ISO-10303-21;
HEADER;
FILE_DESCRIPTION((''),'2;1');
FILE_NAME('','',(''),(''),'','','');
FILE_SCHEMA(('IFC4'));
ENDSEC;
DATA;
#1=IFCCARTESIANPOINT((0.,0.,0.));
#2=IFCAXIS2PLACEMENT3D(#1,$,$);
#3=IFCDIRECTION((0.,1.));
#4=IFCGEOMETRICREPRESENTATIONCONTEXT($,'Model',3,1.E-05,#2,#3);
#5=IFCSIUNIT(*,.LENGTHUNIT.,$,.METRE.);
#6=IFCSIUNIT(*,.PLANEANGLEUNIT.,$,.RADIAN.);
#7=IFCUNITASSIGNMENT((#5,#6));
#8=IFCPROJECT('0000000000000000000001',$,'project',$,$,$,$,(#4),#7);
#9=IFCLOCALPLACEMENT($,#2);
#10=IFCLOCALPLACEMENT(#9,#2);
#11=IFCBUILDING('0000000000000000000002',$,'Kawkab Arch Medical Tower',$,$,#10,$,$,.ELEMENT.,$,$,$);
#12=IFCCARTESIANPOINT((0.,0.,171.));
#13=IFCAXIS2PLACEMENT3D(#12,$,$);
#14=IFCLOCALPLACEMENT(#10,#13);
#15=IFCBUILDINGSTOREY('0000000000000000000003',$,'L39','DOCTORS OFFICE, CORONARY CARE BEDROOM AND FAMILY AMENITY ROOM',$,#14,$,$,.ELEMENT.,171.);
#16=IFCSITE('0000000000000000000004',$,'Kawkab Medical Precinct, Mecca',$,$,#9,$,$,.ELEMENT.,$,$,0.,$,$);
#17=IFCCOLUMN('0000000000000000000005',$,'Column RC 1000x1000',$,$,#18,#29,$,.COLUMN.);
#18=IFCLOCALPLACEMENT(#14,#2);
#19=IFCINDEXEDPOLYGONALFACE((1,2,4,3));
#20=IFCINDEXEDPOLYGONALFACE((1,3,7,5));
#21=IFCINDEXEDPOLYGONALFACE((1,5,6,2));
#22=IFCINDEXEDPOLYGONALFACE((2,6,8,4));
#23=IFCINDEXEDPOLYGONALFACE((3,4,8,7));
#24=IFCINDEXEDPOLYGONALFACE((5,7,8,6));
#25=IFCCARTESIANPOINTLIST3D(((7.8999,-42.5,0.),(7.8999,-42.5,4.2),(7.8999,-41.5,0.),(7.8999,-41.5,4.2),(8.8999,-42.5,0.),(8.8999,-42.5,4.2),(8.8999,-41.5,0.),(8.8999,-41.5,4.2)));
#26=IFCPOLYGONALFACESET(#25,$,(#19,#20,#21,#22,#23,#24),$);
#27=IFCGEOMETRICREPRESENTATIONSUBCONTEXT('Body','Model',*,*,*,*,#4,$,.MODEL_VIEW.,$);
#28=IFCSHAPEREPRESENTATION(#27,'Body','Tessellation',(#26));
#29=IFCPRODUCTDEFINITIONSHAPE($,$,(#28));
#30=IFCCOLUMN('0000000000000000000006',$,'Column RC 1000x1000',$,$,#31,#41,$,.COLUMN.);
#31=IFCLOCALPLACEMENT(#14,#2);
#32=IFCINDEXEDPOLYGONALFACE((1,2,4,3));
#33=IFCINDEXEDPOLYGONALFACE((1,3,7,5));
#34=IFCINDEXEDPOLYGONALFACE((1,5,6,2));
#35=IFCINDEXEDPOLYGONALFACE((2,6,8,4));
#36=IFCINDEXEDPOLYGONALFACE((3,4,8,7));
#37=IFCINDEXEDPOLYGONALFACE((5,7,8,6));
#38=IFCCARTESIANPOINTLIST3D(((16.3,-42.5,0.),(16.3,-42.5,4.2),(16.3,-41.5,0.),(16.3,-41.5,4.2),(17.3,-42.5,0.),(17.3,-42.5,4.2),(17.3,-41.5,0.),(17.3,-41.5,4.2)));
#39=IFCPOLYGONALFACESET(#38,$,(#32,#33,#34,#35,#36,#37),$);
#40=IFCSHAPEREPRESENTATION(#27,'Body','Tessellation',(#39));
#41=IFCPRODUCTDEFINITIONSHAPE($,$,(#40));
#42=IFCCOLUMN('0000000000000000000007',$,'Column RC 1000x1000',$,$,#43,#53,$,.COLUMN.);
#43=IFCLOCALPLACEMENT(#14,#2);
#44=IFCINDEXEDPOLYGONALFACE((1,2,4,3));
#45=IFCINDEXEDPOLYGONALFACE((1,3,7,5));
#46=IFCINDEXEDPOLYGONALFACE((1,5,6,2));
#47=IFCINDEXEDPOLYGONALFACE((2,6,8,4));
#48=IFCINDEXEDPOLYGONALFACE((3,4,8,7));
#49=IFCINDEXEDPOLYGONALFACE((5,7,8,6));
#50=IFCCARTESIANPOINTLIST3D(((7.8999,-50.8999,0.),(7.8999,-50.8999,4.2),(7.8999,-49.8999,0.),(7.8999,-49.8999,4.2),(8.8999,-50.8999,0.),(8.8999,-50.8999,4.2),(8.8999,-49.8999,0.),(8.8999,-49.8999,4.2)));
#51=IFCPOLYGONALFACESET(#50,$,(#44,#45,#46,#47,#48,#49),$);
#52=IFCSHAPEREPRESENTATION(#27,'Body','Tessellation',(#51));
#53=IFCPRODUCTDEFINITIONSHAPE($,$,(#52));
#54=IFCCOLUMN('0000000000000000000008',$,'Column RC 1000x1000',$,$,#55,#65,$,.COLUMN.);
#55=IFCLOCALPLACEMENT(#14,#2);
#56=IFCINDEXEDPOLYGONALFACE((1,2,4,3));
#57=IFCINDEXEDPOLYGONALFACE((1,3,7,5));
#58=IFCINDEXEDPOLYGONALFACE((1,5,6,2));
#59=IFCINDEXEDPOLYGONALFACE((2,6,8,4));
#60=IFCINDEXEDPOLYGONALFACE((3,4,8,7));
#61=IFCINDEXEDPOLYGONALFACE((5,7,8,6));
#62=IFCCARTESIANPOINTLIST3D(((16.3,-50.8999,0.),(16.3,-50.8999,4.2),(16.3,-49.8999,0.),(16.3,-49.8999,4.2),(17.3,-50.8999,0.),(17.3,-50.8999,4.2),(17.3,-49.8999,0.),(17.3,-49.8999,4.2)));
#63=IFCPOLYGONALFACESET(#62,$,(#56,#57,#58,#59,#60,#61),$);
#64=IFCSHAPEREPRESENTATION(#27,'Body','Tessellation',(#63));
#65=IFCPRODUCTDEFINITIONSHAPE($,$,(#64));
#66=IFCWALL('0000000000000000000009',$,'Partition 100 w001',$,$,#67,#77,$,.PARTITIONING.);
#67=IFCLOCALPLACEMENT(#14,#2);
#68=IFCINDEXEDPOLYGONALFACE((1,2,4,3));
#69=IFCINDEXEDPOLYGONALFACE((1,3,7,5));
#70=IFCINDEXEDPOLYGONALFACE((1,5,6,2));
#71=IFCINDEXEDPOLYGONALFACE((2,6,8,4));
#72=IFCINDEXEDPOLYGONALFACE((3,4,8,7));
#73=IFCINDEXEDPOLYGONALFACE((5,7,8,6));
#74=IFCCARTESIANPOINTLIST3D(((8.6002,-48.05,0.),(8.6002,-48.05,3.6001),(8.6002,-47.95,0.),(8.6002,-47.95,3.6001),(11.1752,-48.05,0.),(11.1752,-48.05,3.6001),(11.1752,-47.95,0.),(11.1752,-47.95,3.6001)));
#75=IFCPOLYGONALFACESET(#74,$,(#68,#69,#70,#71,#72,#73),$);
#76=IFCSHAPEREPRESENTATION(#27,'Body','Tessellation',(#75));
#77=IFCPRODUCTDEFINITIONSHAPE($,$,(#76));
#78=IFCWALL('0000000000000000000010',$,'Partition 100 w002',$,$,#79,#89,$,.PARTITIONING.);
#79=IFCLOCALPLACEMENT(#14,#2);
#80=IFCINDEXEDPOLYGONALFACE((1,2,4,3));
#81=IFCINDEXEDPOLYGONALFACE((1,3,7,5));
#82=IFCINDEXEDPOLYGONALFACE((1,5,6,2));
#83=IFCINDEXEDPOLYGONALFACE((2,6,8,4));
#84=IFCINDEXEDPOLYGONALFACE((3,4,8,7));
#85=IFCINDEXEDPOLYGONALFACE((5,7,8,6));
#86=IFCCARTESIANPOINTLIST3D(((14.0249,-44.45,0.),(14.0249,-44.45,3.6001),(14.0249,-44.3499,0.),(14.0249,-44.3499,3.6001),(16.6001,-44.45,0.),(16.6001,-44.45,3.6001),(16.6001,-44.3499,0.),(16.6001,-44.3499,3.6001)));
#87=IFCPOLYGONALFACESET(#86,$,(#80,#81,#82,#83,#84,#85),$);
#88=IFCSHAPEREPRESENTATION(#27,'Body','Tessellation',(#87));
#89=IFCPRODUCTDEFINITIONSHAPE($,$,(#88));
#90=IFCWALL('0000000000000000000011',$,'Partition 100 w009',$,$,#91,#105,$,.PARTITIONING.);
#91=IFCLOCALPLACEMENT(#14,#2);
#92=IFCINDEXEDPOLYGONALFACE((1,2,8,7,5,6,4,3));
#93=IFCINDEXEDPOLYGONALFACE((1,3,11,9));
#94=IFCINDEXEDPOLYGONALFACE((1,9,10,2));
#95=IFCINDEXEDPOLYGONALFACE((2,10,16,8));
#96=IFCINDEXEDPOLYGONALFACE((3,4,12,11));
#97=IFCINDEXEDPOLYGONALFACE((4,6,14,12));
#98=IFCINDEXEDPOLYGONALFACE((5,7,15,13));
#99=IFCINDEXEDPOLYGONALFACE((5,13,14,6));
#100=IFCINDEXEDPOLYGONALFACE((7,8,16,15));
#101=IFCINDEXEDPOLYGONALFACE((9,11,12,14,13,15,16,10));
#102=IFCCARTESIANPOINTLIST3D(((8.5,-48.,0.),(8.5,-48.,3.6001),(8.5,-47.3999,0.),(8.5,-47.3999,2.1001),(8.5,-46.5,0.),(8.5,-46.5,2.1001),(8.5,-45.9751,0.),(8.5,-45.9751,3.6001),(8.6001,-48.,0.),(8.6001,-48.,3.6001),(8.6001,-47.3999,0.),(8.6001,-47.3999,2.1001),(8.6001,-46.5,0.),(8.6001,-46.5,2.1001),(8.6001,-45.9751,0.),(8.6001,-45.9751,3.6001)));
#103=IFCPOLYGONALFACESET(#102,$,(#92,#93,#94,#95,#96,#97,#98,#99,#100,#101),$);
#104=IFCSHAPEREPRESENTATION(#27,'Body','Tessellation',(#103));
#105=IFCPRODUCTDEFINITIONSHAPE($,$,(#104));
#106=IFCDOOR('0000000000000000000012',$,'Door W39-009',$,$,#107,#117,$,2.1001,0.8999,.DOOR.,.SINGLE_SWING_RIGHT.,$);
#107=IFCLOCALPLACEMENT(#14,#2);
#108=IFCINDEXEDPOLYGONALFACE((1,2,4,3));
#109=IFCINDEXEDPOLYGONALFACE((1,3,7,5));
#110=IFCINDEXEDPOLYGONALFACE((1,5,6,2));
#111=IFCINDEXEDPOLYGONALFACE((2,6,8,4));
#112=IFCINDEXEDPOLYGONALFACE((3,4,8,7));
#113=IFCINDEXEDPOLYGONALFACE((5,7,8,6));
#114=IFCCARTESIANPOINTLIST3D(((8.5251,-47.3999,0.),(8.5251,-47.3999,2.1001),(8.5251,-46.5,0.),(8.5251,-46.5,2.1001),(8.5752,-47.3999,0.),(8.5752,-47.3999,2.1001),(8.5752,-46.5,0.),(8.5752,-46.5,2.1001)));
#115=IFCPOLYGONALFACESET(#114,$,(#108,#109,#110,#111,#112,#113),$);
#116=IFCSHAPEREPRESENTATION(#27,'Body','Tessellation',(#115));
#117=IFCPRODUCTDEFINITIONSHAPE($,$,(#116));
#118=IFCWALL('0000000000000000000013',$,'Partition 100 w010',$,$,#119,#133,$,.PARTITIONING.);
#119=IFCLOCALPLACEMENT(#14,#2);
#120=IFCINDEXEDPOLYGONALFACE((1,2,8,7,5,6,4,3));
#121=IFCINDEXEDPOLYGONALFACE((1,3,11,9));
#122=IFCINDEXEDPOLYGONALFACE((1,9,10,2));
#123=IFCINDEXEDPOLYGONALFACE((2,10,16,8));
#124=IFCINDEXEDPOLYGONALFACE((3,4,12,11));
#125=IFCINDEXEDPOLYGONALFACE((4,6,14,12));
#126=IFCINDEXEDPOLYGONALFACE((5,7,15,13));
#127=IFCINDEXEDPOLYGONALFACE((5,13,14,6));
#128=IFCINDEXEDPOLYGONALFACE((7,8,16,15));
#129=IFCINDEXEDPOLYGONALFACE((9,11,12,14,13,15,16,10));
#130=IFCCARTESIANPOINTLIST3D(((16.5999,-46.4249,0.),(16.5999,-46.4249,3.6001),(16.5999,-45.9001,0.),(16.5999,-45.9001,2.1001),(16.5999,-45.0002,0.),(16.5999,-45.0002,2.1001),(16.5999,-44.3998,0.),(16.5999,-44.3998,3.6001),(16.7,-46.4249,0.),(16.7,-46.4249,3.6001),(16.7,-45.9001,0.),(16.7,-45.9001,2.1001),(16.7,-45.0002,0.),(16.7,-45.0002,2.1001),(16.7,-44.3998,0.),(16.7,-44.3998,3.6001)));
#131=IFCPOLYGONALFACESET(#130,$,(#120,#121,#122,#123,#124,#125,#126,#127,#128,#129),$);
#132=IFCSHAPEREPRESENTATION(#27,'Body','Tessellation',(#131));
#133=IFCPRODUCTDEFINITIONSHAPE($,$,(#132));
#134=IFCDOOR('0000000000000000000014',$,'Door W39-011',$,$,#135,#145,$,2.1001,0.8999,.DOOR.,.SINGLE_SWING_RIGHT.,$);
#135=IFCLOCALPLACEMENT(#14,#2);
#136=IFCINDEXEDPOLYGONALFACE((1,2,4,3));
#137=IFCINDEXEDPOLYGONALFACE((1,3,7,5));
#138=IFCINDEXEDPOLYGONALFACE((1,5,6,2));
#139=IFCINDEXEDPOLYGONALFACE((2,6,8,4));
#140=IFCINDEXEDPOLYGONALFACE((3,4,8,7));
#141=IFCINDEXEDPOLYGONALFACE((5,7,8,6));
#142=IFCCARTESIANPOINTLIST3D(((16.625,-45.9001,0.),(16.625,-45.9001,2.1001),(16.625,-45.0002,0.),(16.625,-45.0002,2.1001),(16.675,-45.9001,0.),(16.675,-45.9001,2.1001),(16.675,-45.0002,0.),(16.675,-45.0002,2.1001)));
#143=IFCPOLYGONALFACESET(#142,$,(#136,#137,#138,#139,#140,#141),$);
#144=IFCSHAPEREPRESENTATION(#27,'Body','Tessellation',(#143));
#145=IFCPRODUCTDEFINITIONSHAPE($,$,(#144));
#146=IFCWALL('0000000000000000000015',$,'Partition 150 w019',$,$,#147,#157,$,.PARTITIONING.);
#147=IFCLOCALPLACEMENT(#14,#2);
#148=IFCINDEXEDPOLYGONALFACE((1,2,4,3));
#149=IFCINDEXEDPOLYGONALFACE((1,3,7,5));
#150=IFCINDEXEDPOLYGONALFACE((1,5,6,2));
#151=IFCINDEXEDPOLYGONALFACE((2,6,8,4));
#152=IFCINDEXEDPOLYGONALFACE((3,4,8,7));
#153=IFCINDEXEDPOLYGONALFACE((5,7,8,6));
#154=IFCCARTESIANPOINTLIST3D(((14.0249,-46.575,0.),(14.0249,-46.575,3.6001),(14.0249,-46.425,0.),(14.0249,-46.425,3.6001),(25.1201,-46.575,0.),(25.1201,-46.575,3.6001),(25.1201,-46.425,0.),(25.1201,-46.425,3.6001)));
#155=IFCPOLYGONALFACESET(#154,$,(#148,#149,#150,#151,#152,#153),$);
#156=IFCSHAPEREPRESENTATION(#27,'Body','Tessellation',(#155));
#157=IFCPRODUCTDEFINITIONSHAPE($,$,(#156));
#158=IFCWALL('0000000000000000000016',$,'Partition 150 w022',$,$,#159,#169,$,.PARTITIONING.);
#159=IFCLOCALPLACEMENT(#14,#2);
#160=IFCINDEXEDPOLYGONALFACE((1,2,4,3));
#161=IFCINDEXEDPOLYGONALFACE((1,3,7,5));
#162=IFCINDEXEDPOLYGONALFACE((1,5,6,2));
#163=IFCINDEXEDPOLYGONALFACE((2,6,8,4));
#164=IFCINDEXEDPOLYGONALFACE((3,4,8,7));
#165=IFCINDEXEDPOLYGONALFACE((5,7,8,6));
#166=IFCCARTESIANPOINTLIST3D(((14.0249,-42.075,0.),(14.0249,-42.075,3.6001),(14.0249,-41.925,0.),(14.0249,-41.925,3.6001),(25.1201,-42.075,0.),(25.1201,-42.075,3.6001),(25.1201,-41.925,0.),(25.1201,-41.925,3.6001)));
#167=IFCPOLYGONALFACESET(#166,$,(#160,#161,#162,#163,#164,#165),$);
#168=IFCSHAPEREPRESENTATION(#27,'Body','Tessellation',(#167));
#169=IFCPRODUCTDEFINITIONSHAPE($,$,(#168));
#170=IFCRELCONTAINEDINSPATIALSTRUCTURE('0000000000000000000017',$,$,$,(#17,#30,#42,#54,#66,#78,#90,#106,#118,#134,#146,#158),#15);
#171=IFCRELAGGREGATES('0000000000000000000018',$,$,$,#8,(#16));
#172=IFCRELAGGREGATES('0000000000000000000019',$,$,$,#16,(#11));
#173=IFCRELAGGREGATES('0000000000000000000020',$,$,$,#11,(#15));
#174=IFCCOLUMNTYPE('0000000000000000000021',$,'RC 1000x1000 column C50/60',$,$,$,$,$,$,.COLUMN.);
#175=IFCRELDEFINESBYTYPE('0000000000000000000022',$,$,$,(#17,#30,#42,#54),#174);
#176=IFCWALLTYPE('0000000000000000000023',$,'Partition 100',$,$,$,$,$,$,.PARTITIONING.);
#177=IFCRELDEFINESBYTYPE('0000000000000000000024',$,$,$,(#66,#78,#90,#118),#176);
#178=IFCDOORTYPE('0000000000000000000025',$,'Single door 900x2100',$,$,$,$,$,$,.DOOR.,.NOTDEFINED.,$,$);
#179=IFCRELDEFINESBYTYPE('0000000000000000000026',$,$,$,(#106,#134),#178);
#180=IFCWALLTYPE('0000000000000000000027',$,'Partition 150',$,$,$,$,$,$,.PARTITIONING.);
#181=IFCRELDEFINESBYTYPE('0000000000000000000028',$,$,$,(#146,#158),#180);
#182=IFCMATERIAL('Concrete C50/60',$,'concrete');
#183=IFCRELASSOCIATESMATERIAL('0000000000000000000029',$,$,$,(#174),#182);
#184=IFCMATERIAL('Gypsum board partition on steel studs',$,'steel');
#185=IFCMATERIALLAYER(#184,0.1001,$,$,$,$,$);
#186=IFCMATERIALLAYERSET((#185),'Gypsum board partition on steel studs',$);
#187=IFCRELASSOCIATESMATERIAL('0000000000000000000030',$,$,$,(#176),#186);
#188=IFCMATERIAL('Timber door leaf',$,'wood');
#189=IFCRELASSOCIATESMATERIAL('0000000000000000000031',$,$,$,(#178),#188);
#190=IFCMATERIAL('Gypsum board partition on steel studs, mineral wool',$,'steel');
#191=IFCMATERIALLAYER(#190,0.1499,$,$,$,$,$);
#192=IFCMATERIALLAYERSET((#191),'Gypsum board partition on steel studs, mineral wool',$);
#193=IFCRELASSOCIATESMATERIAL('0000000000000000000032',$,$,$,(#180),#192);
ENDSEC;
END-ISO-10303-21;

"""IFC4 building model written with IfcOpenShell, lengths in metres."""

from ifc_helpers import new_model, si_unit, direction, frame, frame_2d, origin, origin_2d, place, context, subcontext, project, spatial, rectangle, extrude, material, layer, layer_set, material_profile, profile_set, type_object, element, fill, save


model = new_model("IFC4")

# Units and contexts
model_context = context("Model", 3, precision=1e-05, world=origin(), true_north=direction((0.0, 1.0)))
body_context = subcontext(model_context, "Body", "Model", "MODEL_VIEW")
ifc_project = project(units=[si_unit("LENGTHUNIT", "METRE"), si_unit("PLANEANGLEUNIT", "RADIAN")], contexts=[model_context])

# Site, building, storey
site_placement = place(None, origin())
site = spatial("IfcSite", under=ifc_project, at=site_placement, Name="Kawkab Medical Precinct, Mecca", CompositionType="ELEMENT", RefElevation=0.0)
building_placement = place(site_placement, origin())
building = spatial("IfcBuilding", under=site, at=building_placement, Name="Kawkab Arch Medical Tower", CompositionType="ELEMENT")
storey_placement = place(building_placement, frame((0.0, 0.0, 171.0)))
storey = spatial("IfcBuildingStorey", under=building, at=storey_placement, Name="L39", Description="DOCTORS OFFICE, CORONARY CARE BEDROOM AND FAMILY AMENITY ROOM", CompositionType="ELEMENT", Elevation=171.0)

# Columns
ifc_material_1 = material(Name="Concrete C50/60", Category="concrete")
ifc_material_profile = material_profile(ifc_material_1, rectangle(XDim=1.0, YDim=1.0, at=origin_2d()), Name="RC 1000x1000")
ifc_profile_set = profile_set([ifc_material_profile], Name="Concrete C50/60")
column_type = type_object("IfcColumnType", Name="RC 1000x1000 column C50/60", PredefinedType="COLUMN", material=ifc_profile_set)
for number, where, z_axis, x_axis, name in (
    (1, (8.3999, -42.0, 0.0), (0.0, 0.0, 1.0), (1.0, 0.0, 0.0), "Column RC 1000x1000"),
    (2, (16.8, -42.0, 0.0), (0.0, 0.0, 1.0), (1.0, 0.0, 0.0), "Column RC 1000x1000"),
    (3, (8.3999, -50.3999, 0.0), (0.0, 0.0, 1.0), (1.0, 0.0, 0.0), "Column RC 1000x1000"),
    (4, (16.8, -50.3999, 0.0), (0.0, 0.0, 1.0), (1.0, 0.0, 0.0), "Column RC 1000x1000"),
):
    element("IfcColumn", number, at=place(storey_placement, frame(where, z_axis=z_axis, x_axis=x_axis)), inside=storey, type_object=column_type, Name=name, PredefinedType="COLUMN", context=body_context, shape_type="SweptSolid", body=[
        extrude(rectangle(XDim=1.0, YDim=1.0, at=origin_2d()), origin(), (0.0, 0.0, 1.0), 4.2),
    ])

# Walls
ifc_material_2 = material(Name="Gypsum board partition on steel studs", Category="steel")
ifc_layer_1 = layer(ifc_material_2, 0.1001)
ifc_layer_set_1 = layer_set([ifc_layer_1], Name="Gypsum board partition on steel studs")
wall_type_1 = type_object("IfcWallType", Name="Partition 100", PredefinedType="PARTITIONING", material=ifc_layer_set_1)
wall_1_placement = place(storey_placement, frame((8.6001, -48.0, 0.0), z_axis=(0.0, 0.0, 1.0), x_axis=(1.0, 0.0, 0.0)))
element("IfcWall", 5, at=wall_1_placement, inside=storey, type_object=wall_type_1, Name="Partition 100 w001", PredefinedType="PARTITIONING", context=body_context, shape_type="SweptSolid", body=[
    extrude(rectangle(XDim=2.575, YDim=0.1001, at=frame_2d((1.2876, 0.0))), origin(), (0.0, 0.0, 1.0), 3.6001),
])
wall_2_placement = place(storey_placement, frame((14.0249, -44.3999, 0.0), z_axis=(0.0, 0.0, 1.0), x_axis=(1.0, 0.0, 0.0)))
element("IfcWall", 6, at=wall_2_placement, inside=storey, type_object=wall_type_1, Name="Partition 100 w002", PredefinedType="PARTITIONING", context=body_context, shape_type="SweptSolid", body=[
    extrude(rectangle(XDim=2.5752, YDim=0.1001, at=frame_2d((1.2876, 0.0))), origin(), (0.0, 0.0, 1.0), 3.6001),
])

# Walls, openings, doors
wall_3_placement = place(storey_placement, frame((8.55, -48.0, 0.0), z_axis=(0.0, 0.0, 1.0), x_axis=(0.0, 1.0, 0.0)))
wall_3 = element("IfcWall", 7, at=wall_3_placement, inside=storey, type_object=wall_type_1, Name="Partition 100 w009", PredefinedType="PARTITIONING", context=body_context, shape_type="SweptSolid", body=[
    extrude(rectangle(XDim=2.0249, YDim=0.1001, at=frame_2d((1.0125, 0.0))), origin(), (0.0, 0.0, 1.0), 3.6001),
])
opening_1_placement = place(wall_3_placement, frame((0.6001, 0.0, 0.0)))
opening_1 = element("IfcOpeningElement", 8, at=opening_1_placement, cuts=wall_3, PredefinedType="OPENING", context=body_context, shape_type="SweptSolid", body=[
    extrude(rectangle(XDim=0.8999, YDim=2.1001, at=frame_2d((0.45, 1.05))), frame((0.0, 0.0601, 0.0), z_axis=(0.0, -1.0, 0.0), x_axis=(1.0, 0.0, 0.0)), (0.0, 0.0, 1.0), 0.1201),
])
ifc_material_3 = material(Name="Timber door leaf", Category="wood")
door_type_1 = type_object("IfcDoorType", Name="Single door 900x2100", OperationType="NOTDEFINED", PredefinedType="DOOR", material=ifc_material_3)
door_1_placement = place(opening_1_placement, origin())
door_1 = element("IfcDoor", 9, at=door_1_placement, inside=storey, type_object=door_type_1, Name="Door W39-009", OperationType="SINGLE_SWING_RIGHT", OverallHeight=2.1001, OverallWidth=0.8999, PredefinedType="DOOR", context=body_context, shape_type="SweptSolid", body=[
    extrude(rectangle(XDim=0.8999, YDim=2.1001, at=frame_2d((0.45, 1.05))), frame((0.0, 0.0249, 0.0), z_axis=(0.0, -1.0, 0.0), x_axis=(1.0, 0.0, 0.0)), (0.0, 0.0, 1.0), 0.05),
])
fill(opening_1, door_1)
wall_4_placement = place(storey_placement, frame((16.6499, -46.425, 0.0), z_axis=(0.0, 0.0, 1.0), x_axis=(0.0, 1.0, 0.0)))
wall_4 = element("IfcWall", 10, at=wall_4_placement, inside=storey, type_object=wall_type_1, Name="Partition 100 w010", PredefinedType="PARTITIONING", context=body_context, shape_type="SweptSolid", body=[
    extrude(rectangle(XDim=2.0251, YDim=0.1001, at=frame_2d((1.0127, 0.0))), origin(), (0.0, 0.0, 1.0), 3.6001),
])
opening_2_placement = place(wall_4_placement, frame((0.5249, 0.0, 0.0)))
opening_2 = element("IfcOpeningElement", 11, at=opening_2_placement, cuts=wall_4, PredefinedType="OPENING", context=body_context, shape_type="SweptSolid", body=[
    extrude(rectangle(XDim=0.8999, YDim=2.1001, at=frame_2d((0.45, 1.05))), frame((0.0, 0.0601, 0.0), z_axis=(0.0, -1.0, 0.0), x_axis=(1.0, 0.0, 0.0)), (0.0, 0.0, 1.0), 0.1201),
])
door_2_placement = place(opening_2_placement, origin())
door_2 = element("IfcDoor", 12, at=door_2_placement, inside=storey, type_object=door_type_1, Name="Door W39-011", OperationType="SINGLE_SWING_RIGHT", OverallHeight=2.1001, OverallWidth=0.8999, PredefinedType="DOOR", context=body_context, shape_type="SweptSolid", body=[
    extrude(rectangle(XDim=0.8999, YDim=2.1001, at=frame_2d((0.45, 1.05))), frame((0.0, 0.0249, 0.0), z_axis=(0.0, -1.0, 0.0), x_axis=(1.0, 0.0, 0.0)), (0.0, 0.0, 1.0), 0.05),
])
fill(opening_2, door_2)

# Walls
ifc_material_4 = material(Name="Gypsum board partition on steel studs, mineral wool", Category="steel")
ifc_layer_2 = layer(ifc_material_4, 0.1499)
ifc_layer_set_2 = layer_set([ifc_layer_2], Name="Gypsum board partition on steel studs, mineral wool")
wall_type_2 = type_object("IfcWallType", Name="Partition 150", PredefinedType="PARTITIONING", material=ifc_layer_set_2)
for number, where, z_axis, x_axis, name in (
    (13, (14.0249, -46.5, 0.0), (0.0, 0.0, 1.0), (1.0, 0.0, 0.0), "Partition 150 w019"),
    (14, (14.0249, -42.0, 0.0), (0.0, 0.0, 1.0), (1.0, 0.0, 0.0), "Partition 150 w022"),
):
    element("IfcWall", number, at=place(storey_placement, frame(where, z_axis=z_axis, x_axis=x_axis)), inside=storey, type_object=wall_type_2, Name=name, PredefinedType="PARTITIONING", context=body_context, shape_type="SweptSolid", body=[
        extrude(rectangle(XDim=11.0952, YDim=0.1499, at=frame_2d((5.5476, 0.0))), origin(), (0.0, 0.0, 1.0), 3.6001),
    ])

save(model, "model.ifc")
